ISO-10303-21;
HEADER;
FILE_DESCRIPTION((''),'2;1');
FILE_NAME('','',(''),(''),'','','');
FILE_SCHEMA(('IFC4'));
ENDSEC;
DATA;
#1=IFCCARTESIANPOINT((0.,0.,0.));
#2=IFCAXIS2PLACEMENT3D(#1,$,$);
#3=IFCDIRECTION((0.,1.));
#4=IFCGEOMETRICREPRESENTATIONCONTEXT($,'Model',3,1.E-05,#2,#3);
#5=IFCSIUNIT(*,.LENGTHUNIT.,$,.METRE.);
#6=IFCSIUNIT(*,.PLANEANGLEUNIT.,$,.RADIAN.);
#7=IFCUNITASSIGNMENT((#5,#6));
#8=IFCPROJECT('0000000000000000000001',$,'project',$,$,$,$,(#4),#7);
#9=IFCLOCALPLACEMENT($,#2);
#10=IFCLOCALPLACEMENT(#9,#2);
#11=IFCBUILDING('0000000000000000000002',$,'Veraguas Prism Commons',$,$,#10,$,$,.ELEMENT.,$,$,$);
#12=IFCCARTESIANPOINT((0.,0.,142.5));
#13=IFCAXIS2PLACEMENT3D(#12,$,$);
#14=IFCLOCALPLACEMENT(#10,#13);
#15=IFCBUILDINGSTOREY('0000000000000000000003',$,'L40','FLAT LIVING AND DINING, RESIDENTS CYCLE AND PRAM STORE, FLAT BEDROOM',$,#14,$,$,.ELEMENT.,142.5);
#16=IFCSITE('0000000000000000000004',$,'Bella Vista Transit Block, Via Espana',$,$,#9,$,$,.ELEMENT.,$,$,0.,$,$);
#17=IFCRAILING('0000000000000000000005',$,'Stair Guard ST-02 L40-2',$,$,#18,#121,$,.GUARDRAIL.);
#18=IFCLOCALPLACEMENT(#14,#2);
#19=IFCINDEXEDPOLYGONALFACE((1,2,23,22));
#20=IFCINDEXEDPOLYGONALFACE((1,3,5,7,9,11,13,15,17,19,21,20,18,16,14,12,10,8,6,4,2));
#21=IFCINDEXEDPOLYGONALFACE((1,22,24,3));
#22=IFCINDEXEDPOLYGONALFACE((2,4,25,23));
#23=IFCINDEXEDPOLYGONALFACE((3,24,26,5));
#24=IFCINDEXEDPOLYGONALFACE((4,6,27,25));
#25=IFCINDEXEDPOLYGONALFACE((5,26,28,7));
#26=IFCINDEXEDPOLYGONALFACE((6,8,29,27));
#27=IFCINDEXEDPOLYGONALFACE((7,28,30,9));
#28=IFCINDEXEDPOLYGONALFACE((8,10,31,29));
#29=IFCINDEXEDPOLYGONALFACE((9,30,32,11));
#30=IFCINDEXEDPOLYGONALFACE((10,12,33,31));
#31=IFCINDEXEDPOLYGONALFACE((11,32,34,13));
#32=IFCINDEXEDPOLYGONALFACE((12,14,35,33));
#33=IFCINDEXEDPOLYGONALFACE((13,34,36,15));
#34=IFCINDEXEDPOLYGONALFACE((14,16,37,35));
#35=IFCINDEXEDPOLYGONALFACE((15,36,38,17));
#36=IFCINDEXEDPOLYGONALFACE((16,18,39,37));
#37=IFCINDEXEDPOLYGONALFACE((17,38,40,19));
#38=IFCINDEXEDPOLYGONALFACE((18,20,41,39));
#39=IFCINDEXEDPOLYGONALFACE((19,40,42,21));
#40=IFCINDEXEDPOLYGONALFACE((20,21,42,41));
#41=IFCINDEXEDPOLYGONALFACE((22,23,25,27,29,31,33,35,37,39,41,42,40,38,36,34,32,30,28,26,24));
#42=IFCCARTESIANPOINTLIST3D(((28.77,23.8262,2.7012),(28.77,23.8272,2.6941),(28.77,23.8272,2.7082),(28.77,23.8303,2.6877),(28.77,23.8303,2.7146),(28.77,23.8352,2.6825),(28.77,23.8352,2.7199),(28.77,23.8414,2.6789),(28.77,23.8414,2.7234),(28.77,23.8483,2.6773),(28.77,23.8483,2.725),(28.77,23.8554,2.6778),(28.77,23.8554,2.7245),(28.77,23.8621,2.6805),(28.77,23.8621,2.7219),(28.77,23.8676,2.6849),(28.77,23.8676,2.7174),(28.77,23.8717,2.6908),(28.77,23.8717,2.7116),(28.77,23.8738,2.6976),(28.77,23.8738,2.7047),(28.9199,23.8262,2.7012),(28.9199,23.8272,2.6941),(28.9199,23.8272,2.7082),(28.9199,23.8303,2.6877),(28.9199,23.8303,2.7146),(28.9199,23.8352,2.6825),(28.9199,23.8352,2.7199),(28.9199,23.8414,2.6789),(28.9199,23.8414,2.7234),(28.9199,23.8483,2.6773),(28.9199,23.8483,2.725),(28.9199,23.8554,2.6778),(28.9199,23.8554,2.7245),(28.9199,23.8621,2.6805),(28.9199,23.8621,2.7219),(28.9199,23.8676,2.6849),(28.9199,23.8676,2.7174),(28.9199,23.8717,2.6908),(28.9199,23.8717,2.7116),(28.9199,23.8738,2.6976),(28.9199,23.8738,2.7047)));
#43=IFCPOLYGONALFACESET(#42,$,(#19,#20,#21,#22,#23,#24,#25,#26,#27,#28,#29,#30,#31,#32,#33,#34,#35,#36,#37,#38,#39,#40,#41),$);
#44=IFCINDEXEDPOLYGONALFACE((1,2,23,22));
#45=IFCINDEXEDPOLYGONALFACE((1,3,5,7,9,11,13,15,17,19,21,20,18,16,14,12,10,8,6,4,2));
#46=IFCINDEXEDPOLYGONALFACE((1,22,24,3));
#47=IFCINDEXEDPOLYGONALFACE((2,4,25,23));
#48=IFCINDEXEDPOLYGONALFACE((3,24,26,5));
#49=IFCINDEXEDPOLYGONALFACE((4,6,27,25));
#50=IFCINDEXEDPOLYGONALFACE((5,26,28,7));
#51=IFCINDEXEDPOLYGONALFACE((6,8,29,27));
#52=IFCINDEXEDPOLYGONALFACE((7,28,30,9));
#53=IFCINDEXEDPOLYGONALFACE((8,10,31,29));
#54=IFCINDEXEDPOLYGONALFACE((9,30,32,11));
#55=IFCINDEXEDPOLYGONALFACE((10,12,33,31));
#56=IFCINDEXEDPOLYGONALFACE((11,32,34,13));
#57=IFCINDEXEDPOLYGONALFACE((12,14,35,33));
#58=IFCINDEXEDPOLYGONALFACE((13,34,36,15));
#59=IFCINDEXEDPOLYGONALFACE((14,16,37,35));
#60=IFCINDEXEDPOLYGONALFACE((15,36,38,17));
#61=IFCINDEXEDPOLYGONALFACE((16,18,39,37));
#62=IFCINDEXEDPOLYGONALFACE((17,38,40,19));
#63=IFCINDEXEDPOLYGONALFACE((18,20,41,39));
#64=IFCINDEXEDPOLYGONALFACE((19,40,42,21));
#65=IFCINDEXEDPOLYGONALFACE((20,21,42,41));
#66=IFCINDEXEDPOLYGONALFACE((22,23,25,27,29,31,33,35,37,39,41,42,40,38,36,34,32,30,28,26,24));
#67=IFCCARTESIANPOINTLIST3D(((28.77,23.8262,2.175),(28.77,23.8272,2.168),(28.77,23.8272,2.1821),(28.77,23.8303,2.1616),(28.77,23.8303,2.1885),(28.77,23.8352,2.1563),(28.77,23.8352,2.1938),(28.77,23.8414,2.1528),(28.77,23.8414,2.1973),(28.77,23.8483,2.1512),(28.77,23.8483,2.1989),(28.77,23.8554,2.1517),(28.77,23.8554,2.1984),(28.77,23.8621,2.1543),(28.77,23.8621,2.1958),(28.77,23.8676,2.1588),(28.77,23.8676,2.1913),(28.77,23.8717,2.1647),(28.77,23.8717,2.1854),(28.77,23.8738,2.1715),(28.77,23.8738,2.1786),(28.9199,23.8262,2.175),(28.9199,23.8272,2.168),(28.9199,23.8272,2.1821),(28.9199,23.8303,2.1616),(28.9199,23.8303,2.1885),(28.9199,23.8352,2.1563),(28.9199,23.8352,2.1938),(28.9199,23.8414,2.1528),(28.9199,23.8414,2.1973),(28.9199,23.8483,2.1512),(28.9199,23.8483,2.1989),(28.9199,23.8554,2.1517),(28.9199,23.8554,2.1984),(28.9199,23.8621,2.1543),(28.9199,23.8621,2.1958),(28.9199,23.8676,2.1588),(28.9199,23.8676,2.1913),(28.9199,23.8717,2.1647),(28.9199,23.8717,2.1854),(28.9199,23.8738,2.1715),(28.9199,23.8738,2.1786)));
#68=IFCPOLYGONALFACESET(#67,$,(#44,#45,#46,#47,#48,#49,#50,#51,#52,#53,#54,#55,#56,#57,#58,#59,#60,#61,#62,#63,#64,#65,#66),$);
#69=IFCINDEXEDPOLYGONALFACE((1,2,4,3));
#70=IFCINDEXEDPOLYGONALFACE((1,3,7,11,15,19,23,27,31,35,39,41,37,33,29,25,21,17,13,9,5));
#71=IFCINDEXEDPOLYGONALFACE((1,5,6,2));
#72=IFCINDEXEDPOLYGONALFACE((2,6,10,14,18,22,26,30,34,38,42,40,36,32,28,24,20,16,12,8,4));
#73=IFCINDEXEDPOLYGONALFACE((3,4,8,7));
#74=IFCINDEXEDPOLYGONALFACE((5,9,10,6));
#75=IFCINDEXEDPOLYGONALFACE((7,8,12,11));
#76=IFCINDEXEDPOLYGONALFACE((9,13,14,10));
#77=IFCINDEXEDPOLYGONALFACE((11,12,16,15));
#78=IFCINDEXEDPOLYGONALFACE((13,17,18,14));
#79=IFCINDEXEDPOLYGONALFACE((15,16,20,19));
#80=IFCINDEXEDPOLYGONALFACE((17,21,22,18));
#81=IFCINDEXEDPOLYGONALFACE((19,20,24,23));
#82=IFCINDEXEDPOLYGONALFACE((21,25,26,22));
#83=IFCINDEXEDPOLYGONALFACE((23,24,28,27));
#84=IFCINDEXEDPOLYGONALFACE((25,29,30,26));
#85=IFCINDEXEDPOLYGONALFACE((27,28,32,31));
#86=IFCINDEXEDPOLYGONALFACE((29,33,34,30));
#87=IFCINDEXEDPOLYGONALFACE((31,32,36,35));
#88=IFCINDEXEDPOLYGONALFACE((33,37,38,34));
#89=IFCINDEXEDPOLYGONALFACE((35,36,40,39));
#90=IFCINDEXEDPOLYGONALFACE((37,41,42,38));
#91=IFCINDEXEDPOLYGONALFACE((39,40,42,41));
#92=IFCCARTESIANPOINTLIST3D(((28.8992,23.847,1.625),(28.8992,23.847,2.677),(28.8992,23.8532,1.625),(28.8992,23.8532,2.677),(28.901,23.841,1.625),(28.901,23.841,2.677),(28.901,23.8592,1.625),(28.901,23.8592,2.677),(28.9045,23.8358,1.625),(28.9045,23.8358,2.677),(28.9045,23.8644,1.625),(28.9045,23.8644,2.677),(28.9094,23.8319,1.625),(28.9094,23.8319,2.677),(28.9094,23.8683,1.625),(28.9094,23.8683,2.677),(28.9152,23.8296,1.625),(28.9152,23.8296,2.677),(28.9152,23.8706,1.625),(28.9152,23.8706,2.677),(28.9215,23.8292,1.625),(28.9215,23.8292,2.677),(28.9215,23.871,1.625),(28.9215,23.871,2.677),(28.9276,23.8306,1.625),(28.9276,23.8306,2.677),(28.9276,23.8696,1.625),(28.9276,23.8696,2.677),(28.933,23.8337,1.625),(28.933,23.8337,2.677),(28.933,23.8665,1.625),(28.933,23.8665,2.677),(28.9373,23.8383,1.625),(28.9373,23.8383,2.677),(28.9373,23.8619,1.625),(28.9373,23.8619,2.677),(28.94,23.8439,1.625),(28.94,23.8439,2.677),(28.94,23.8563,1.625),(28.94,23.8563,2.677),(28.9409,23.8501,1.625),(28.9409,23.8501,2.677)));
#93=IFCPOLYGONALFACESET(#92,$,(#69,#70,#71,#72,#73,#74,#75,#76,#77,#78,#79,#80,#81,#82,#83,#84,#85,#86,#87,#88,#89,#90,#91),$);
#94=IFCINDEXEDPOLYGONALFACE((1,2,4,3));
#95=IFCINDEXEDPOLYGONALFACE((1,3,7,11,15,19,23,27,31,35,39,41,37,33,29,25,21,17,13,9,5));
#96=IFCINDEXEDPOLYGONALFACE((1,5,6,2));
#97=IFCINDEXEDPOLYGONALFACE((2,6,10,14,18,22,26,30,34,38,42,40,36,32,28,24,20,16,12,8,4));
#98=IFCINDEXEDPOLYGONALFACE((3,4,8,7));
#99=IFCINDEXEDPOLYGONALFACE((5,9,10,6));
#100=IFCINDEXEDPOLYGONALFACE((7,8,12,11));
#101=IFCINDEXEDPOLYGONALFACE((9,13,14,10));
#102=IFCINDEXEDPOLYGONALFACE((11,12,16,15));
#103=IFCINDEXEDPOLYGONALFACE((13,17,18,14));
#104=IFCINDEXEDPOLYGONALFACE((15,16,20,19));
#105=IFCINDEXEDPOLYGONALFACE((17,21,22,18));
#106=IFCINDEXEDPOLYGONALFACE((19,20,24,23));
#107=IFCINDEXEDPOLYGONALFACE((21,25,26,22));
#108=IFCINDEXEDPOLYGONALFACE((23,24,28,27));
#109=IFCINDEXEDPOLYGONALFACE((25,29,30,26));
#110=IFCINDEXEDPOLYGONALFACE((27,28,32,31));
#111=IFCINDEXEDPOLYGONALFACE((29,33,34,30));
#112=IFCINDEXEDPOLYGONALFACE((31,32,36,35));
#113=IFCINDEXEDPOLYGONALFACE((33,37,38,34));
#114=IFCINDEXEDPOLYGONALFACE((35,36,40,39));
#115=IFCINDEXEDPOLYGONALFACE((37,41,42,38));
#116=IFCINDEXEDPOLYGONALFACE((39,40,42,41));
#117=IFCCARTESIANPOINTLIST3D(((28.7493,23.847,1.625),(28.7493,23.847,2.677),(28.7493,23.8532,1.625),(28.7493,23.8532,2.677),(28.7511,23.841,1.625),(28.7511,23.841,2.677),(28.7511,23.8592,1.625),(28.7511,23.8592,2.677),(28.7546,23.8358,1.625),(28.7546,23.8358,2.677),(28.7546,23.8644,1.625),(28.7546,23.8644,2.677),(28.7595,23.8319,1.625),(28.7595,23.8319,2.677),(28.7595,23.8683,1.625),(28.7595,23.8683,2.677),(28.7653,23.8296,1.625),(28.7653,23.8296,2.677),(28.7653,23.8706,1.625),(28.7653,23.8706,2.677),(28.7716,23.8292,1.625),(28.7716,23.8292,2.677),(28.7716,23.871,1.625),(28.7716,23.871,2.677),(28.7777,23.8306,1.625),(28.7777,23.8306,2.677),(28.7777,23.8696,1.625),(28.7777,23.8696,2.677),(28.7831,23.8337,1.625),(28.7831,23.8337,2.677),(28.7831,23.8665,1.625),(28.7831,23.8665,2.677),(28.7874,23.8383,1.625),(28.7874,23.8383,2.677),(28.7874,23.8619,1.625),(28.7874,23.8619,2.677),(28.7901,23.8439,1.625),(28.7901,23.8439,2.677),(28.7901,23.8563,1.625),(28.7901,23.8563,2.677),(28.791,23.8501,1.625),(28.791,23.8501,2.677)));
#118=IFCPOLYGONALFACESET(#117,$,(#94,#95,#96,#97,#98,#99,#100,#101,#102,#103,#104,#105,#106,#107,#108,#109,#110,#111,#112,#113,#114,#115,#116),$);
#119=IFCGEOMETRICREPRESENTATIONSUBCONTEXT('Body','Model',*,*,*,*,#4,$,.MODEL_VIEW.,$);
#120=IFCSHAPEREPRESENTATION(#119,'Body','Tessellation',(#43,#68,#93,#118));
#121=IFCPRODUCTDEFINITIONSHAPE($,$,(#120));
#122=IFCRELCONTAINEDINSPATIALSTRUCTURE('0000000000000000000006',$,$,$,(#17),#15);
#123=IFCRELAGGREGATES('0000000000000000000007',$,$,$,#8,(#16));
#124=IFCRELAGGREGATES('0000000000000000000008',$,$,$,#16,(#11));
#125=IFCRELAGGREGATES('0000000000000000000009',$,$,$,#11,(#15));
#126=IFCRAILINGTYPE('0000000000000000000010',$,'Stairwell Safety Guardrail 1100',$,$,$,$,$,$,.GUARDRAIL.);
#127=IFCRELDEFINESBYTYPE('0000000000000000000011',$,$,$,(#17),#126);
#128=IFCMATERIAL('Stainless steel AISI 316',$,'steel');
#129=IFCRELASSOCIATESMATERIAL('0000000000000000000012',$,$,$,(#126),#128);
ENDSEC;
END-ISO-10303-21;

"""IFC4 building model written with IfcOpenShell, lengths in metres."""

from ifc_helpers import new_model, si_unit, direction, frame, origin, origin_2d, place, context, subcontext, project, spatial, circle, extrude, material, type_object, element, save


model = new_model("IFC4")

# Units and contexts
model_context = context("Model", 3, precision=1e-05, world=origin(), true_north=direction((0.0, 1.0)))
body_context = subcontext(model_context, "Body", "Model", "MODEL_VIEW")
ifc_project = project(units=[si_unit("LENGTHUNIT", "METRE"), si_unit("PLANEANGLEUNIT", "RADIAN")], contexts=[model_context])

# Site, building, storey
site_placement = place(None, origin())
site = spatial("IfcSite", under=ifc_project, at=site_placement, Name="Bella Vista Transit Block, Via Espana", CompositionType="ELEMENT", RefElevation=0.0)
building_placement = place(site_placement, origin())
building = spatial("IfcBuilding", under=site, at=building_placement, Name="Veraguas Prism Commons", CompositionType="ELEMENT")
storey_placement = place(building_placement, frame((0.0, 0.0, 142.5)))
storey = spatial("IfcBuildingStorey", under=building, at=storey_placement, Name="L40", Description="FLAT LIVING AND DINING, RESIDENTS CYCLE AND PRAM STORE, FLAT BEDROOM", CompositionType="ELEMENT", Elevation=142.5)

# Shared definitions
ifc_material_1 = material(Name="Stainless steel AISI 316", Category="steel")

# Railing
railing_type_1 = type_object("IfcRailingType", Name="Stairwell Safety Guardrail 1100", PredefinedType="GUARDRAIL", material=ifc_material_1)
railing_1_placement = place(storey_placement, frame((28.9199, 23.8501, 1.625)))
element("IfcRailing", 1, at=railing_1_placement, inside=storey, type_object=railing_type_1, Name="Stair Guard ST-02 L40-2", PredefinedType="GUARDRAIL", context=body_context, shape_type="SweptSolid", body=[
    extrude(circle(Radius=0.0239, at=origin_2d()), frame((0.0, 0.0, 1.0762), z_axis=(-1.0, 0.0, 0.0), x_axis=(0.0, -1.0, 0.0)), (0.0, 0.0, 1.0), 0.1499),
    extrude(circle(Radius=0.0239, at=origin_2d()), frame((0.0, 0.0, 0.55), z_axis=(-1.0, 0.0, 0.0), x_axis=(0.0, -1.0, 0.0)), (0.0, 0.0, 1.0), 0.1499),
    extrude(circle(Radius=0.021, at=origin_2d()), origin(), (0.0, 0.0, 1.0), 1.052),
    extrude(circle(Radius=0.021, at=origin_2d()), frame((-0.1499, 0.0, 0.0)), (0.0, 0.0, 1.0), 1.052),
])

save(model, "model.ifc")
